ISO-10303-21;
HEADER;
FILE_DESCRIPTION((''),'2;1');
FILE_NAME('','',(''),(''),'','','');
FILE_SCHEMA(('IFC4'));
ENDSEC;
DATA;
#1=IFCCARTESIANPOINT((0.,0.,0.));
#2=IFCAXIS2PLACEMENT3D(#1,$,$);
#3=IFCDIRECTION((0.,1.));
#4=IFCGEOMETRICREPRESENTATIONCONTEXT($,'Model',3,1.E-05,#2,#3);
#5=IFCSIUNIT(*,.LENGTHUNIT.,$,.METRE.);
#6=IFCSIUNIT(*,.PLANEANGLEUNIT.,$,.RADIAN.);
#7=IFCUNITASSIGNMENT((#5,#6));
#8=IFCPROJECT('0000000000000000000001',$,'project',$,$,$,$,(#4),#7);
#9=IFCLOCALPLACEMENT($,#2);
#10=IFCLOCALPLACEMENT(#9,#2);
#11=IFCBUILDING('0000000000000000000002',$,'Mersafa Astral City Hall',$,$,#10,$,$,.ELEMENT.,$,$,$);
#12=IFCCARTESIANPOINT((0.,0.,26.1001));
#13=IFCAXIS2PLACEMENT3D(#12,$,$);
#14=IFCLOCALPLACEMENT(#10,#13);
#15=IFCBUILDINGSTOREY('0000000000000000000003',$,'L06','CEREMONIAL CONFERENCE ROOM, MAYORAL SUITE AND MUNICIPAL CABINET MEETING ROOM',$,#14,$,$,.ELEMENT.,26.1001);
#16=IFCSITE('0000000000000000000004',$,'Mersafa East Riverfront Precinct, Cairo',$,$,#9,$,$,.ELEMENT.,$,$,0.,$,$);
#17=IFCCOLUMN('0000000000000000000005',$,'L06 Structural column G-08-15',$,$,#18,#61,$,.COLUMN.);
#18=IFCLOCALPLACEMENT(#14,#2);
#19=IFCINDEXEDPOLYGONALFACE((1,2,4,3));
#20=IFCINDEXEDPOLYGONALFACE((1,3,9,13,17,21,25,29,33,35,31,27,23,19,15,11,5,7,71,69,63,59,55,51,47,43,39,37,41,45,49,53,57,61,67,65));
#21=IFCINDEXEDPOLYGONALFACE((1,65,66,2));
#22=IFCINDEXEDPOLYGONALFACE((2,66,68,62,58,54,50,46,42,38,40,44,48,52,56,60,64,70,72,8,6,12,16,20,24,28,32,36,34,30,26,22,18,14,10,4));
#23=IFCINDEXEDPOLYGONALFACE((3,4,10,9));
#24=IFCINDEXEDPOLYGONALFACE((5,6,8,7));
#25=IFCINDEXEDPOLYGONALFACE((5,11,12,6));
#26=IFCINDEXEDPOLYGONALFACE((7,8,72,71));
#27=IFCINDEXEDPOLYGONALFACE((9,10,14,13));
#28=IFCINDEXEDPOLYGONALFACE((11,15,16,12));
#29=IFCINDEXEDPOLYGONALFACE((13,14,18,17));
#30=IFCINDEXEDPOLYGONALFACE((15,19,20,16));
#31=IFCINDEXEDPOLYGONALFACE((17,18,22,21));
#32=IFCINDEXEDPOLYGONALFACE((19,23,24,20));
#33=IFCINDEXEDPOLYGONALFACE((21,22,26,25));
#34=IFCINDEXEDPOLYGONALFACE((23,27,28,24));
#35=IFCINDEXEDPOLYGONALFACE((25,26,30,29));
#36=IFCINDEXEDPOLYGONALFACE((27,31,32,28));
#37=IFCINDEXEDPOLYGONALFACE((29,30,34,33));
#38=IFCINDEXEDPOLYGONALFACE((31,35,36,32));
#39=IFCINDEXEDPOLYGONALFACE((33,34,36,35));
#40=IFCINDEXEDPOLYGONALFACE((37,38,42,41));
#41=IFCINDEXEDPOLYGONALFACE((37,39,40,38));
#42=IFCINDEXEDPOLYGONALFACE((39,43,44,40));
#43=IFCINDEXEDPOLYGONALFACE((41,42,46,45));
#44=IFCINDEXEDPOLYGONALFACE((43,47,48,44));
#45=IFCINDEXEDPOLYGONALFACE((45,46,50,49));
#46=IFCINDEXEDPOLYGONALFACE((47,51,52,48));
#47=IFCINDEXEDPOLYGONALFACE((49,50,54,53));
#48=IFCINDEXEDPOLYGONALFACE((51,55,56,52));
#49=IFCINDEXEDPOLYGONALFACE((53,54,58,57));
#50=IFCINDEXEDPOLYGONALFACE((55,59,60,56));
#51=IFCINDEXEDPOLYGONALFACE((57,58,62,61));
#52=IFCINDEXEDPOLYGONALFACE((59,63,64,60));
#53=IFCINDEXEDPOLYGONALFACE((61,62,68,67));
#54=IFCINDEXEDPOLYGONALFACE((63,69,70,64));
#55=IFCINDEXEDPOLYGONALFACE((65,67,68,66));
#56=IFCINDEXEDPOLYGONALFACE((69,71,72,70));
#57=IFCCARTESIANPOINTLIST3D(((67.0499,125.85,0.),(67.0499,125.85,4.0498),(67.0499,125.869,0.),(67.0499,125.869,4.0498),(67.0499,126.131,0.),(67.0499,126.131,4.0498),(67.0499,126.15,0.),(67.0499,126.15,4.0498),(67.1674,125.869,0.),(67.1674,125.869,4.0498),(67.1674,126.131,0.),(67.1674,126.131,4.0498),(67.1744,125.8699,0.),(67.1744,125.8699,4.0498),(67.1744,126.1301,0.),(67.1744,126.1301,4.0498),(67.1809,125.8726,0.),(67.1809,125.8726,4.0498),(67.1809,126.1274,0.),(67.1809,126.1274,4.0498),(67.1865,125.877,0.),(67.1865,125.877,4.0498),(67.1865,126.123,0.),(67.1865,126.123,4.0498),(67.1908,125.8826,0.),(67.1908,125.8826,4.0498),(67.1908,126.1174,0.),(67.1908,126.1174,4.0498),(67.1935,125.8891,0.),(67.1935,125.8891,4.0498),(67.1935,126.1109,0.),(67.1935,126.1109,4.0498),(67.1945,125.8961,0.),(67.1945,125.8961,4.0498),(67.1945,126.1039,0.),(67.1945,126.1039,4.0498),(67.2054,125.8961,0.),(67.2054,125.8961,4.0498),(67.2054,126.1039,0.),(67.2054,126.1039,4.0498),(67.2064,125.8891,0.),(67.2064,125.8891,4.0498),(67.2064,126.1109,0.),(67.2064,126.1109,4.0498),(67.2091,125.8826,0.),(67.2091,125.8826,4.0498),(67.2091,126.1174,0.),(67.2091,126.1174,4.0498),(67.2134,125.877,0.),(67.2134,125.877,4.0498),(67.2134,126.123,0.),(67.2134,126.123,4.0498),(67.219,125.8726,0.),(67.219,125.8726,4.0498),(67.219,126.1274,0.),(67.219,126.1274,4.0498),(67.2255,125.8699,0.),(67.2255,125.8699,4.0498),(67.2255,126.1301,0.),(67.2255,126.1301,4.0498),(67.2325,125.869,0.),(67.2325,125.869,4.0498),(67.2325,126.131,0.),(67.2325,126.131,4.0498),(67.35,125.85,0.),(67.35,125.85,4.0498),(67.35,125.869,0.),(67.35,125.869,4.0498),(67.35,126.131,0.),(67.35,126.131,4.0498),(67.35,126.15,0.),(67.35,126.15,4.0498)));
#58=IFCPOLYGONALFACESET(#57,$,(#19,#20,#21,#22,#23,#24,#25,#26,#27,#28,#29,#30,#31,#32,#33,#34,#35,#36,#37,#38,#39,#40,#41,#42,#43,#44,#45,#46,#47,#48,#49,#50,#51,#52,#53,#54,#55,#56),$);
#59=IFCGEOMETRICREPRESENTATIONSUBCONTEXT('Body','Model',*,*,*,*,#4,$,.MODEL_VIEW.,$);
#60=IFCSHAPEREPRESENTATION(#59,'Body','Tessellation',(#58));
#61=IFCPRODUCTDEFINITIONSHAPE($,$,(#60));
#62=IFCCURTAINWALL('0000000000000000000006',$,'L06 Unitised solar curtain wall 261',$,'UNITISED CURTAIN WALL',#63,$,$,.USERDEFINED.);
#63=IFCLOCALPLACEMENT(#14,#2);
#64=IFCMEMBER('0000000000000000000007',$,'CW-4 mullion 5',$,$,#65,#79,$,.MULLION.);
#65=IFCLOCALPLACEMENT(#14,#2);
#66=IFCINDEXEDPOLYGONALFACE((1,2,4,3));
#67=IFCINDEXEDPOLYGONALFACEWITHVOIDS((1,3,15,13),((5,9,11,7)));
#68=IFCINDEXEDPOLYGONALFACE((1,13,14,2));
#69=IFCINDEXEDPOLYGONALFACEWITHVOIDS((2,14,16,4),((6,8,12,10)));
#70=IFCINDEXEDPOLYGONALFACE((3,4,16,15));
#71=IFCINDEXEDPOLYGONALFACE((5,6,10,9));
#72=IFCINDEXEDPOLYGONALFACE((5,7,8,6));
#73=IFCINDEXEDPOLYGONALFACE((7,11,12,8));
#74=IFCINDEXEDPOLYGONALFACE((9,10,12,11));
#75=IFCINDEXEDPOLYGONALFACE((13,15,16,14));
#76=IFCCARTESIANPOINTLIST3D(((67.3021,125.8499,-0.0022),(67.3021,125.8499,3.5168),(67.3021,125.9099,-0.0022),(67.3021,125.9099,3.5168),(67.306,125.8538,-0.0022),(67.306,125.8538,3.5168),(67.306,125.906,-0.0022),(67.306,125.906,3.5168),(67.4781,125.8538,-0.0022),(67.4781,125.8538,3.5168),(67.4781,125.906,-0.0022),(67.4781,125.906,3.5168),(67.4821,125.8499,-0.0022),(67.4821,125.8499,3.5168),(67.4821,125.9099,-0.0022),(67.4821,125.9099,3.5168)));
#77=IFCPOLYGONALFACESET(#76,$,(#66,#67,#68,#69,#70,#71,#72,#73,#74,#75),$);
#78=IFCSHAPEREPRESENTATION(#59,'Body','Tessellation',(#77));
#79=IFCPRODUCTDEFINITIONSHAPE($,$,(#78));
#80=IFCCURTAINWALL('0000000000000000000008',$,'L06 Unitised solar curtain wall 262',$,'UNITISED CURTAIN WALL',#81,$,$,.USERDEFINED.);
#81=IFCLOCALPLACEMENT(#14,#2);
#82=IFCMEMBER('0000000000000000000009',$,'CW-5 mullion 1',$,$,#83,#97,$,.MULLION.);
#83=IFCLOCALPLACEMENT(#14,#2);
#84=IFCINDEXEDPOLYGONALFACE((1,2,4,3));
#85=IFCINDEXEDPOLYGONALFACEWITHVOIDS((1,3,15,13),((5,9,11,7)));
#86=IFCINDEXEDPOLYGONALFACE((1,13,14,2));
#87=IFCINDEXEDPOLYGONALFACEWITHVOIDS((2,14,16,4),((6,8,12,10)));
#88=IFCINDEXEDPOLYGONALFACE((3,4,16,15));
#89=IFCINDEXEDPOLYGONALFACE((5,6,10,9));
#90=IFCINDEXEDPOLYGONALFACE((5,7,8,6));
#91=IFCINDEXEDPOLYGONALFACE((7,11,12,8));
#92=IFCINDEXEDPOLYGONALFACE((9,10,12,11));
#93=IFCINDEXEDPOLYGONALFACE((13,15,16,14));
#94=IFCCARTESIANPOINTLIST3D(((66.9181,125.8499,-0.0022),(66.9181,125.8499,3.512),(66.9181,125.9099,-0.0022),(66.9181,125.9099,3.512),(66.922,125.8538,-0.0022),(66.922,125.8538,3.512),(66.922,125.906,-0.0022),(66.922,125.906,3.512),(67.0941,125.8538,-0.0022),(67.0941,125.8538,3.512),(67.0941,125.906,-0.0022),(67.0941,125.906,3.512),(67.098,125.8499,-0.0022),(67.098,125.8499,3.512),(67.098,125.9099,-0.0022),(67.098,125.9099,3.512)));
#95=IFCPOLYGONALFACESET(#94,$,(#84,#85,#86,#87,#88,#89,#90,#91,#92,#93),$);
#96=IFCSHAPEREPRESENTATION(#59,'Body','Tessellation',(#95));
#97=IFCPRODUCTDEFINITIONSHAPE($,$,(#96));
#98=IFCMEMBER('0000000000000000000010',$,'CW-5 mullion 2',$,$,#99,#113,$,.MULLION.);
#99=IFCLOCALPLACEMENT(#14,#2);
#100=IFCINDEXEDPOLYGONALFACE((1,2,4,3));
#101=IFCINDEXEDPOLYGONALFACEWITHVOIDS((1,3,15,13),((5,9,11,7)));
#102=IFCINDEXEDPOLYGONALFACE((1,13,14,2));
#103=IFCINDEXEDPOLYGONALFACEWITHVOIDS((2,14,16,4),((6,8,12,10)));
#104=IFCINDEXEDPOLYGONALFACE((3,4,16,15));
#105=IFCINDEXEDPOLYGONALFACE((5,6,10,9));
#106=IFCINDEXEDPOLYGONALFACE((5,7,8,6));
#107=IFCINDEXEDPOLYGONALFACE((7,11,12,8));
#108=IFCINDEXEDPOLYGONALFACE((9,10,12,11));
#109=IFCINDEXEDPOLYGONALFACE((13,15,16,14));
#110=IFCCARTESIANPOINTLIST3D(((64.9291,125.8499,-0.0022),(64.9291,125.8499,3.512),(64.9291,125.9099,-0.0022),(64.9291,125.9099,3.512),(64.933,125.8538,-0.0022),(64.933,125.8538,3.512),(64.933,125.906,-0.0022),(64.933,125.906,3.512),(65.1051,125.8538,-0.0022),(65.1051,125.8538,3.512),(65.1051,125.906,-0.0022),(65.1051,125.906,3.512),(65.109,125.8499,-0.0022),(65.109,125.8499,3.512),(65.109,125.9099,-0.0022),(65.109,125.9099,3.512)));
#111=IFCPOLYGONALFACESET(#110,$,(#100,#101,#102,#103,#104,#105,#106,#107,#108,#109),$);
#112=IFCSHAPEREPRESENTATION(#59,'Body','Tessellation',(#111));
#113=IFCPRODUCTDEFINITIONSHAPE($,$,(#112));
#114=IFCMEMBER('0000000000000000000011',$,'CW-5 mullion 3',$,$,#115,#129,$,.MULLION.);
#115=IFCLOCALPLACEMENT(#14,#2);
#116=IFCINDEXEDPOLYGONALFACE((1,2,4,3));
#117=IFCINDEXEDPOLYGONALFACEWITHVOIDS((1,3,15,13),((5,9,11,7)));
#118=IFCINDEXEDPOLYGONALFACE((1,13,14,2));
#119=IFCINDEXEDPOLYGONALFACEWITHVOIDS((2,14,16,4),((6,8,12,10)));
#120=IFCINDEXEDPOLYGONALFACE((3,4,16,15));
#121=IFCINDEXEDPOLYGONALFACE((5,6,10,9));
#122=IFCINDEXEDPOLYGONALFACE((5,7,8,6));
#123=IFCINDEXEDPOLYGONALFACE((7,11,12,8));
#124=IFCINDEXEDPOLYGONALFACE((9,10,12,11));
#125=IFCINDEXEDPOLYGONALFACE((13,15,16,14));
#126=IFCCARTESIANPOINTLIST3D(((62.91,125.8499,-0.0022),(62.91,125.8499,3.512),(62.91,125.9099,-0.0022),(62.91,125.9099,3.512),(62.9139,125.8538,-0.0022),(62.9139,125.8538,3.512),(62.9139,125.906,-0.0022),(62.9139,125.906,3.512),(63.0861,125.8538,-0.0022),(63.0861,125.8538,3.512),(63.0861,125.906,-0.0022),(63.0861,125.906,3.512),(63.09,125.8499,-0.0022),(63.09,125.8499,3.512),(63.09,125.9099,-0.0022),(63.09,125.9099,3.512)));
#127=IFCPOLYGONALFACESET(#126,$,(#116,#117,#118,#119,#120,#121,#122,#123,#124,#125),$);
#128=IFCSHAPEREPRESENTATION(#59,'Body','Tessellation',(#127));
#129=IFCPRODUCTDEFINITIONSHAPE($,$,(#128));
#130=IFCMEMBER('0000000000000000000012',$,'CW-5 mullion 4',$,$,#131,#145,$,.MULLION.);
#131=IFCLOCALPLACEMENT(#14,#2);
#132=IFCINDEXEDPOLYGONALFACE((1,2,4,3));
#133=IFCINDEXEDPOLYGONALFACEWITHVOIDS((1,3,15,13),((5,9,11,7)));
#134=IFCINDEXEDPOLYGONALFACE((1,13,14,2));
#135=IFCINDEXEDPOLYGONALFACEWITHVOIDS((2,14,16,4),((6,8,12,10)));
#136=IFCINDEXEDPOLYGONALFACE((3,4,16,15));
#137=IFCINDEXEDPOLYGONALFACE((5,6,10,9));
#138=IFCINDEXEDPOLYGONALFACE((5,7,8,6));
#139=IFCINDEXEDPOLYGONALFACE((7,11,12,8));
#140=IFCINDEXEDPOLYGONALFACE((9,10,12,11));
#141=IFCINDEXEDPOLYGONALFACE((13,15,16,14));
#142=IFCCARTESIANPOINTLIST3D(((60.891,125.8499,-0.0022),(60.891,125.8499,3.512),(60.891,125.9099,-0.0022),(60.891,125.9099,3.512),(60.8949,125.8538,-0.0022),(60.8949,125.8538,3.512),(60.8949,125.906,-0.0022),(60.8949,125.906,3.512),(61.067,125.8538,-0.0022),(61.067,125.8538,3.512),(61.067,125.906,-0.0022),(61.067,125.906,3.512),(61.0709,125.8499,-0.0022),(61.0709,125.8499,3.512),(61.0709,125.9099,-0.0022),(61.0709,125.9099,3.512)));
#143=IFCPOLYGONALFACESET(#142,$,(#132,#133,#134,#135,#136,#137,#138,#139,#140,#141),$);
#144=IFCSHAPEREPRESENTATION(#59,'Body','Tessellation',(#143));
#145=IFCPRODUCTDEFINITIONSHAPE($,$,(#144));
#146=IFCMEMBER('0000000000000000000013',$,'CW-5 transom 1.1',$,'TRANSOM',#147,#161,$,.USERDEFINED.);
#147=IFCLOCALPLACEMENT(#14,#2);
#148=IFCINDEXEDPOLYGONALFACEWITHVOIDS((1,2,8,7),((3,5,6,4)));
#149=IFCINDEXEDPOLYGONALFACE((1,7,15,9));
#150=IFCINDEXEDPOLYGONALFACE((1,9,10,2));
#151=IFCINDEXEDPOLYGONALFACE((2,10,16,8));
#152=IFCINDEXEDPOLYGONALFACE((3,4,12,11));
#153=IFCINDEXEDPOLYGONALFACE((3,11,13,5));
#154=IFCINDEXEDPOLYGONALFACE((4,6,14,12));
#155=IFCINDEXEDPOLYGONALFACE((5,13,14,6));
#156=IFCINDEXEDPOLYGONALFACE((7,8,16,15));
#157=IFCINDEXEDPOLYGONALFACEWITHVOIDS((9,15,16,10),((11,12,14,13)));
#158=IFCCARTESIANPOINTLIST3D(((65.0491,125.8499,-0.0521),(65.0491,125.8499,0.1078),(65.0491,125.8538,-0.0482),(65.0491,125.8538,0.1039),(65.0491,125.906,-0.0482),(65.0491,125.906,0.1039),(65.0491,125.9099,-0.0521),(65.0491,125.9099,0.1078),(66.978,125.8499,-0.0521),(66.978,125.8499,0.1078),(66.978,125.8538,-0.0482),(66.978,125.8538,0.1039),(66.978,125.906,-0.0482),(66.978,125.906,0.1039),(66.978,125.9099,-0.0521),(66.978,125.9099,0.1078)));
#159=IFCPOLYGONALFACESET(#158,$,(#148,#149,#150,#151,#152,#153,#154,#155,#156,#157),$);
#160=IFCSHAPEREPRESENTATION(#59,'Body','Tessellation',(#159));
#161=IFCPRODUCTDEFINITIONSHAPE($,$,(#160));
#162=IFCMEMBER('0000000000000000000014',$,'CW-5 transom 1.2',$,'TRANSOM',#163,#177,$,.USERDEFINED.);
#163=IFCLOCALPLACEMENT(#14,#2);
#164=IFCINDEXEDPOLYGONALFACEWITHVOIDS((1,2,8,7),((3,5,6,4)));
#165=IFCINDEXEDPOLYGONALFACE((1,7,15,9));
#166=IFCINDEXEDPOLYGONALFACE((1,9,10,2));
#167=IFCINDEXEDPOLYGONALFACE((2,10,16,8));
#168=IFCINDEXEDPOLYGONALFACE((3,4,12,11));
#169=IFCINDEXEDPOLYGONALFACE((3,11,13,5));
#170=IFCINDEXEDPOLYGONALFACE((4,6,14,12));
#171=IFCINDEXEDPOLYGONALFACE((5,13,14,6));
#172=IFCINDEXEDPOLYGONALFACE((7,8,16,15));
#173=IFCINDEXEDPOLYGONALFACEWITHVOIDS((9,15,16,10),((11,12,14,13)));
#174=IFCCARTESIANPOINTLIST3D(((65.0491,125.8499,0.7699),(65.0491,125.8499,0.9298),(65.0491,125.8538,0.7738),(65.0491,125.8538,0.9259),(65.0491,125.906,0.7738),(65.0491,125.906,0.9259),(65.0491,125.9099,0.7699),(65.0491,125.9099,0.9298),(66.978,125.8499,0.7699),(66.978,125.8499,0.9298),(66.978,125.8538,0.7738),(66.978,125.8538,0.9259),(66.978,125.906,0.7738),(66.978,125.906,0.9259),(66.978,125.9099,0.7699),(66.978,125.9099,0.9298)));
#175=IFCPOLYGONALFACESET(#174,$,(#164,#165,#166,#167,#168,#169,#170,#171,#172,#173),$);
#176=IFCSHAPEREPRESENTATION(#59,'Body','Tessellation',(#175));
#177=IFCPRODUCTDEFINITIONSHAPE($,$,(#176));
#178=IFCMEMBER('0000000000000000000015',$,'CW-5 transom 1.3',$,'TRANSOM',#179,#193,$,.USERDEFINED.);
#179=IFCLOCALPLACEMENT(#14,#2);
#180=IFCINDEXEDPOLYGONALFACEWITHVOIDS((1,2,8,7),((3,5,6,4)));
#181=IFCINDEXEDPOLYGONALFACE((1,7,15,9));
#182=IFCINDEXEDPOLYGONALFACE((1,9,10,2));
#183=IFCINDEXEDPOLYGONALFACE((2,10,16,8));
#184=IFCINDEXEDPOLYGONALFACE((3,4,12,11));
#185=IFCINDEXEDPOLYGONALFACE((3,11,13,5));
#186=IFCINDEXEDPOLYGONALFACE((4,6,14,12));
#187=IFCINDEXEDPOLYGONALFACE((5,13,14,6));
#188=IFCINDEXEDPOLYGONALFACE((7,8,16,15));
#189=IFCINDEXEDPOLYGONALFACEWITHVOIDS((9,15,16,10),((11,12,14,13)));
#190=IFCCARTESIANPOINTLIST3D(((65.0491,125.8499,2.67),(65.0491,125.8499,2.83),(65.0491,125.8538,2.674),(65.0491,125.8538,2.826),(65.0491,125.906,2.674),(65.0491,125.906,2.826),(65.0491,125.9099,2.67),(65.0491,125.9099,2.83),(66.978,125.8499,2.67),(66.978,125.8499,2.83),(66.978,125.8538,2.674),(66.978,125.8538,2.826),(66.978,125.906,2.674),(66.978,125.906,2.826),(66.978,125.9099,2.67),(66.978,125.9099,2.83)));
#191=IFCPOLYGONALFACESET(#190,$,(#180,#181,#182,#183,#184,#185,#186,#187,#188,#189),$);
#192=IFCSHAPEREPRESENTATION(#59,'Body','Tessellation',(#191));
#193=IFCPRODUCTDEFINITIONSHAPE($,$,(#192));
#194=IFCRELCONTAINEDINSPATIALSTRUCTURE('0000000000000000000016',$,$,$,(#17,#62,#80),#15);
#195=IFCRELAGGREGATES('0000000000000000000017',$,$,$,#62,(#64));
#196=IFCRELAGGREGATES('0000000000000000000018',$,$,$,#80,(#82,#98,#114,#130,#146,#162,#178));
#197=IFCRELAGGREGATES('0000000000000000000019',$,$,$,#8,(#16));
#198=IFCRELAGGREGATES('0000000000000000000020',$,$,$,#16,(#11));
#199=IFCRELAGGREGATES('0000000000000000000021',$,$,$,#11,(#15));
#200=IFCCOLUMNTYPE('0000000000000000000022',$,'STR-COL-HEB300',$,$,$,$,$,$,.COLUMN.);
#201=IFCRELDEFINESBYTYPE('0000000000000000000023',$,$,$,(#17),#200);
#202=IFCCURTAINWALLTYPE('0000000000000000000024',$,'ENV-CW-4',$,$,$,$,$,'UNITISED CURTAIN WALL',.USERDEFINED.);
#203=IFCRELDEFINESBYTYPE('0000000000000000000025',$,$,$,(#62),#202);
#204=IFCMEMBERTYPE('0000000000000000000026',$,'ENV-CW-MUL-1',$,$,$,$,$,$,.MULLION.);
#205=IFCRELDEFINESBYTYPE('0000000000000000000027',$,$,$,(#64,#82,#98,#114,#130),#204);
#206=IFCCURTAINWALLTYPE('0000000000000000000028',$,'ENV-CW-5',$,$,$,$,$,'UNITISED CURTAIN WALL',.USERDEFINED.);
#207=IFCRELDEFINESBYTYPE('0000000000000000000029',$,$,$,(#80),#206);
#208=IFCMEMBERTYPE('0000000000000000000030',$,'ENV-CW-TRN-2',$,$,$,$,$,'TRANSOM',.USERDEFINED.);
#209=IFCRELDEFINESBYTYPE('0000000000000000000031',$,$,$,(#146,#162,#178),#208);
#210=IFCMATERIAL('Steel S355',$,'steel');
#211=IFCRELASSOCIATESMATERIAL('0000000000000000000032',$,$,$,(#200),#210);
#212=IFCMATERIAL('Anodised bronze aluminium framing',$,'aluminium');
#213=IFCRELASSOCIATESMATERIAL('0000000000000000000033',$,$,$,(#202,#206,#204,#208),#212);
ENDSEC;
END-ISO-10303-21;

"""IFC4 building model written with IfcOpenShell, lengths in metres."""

from ifc_helpers import new_model, si_unit, direction, frame, origin, origin_2d, place, context, subcontext, project, spatial, hollow_rectangle, i_section, extrude, material, material_profile, profile_set, type_object, element, aggregate, save


model = new_model("IFC4")

# Units and contexts
model_context = context("Model", 3, precision=1e-05, world=origin(), true_north=direction((0.0, 1.0)))
body_context = subcontext(model_context, "Body", "Model", "MODEL_VIEW")
ifc_project = project(units=[si_unit("LENGTHUNIT", "METRE"), si_unit("PLANEANGLEUNIT", "RADIAN")], contexts=[model_context])

# Site, building, storey
site_placement = place(None, origin())
site = spatial("IfcSite", under=ifc_project, at=site_placement, Name="Mersafa East Riverfront Precinct, Cairo", CompositionType="ELEMENT", RefElevation=0.0)
building_placement = place(site_placement, origin())
building = spatial("IfcBuilding", under=site, at=building_placement, Name="Mersafa Astral City Hall", CompositionType="ELEMENT")
storey_placement = place(building_placement, frame((0.0, 0.0, 26.1001)))
storey = spatial("IfcBuildingStorey", under=building, at=storey_placement, Name="L06", Description="CEREMONIAL CONFERENCE ROOM, MAYORAL SUITE AND MUNICIPAL CABINET MEETING ROOM", CompositionType="ELEMENT", Elevation=26.1001)

# Column
ifc_material_1 = material(Name="Steel S355", Category="steel")
ifc_material_profile_1 = material_profile(ifc_material_1, i_section(OverallWidth=0.3, OverallDepth=0.3, WebThickness=0.011, FlangeThickness=0.019, FilletRadius=0.0271, at=origin_2d()), Name="HEB 300")
ifc_profile_set_1 = profile_set([ifc_material_profile_1], Name="Steel S355")
column_type = type_object("IfcColumnType", Name="STR-COL-HEB300", PredefinedType="COLUMN", material=ifc_profile_set_1)
column_placement = place(storey_placement, frame((67.2, 126.0, 0.0), z_axis=(0.0, 0.0, 1.0), x_axis=(1.0, 0.0, 0.0)))
element("IfcColumn", 1, at=column_placement, inside=storey, type_object=column_type, Name="L06 Structural column G-08-15", PredefinedType="COLUMN", context=body_context, shape_type="SweptSolid", body=[
    extrude(i_section(OverallWidth=0.3, OverallDepth=0.3, WebThickness=0.011, FlangeThickness=0.019, FilletRadius=0.0271, at=origin_2d()), origin(), (0.0, 0.0, 1.0), 4.0498),
])

# Curtain wall, member
ifc_material_2 = material(Name="Anodised bronze aluminium framing", Category="aluminium")
curtain_wall_type_1 = type_object("IfcCurtainWallType", Name="ENV-CW-4", ElementType="UNITISED CURTAIN WALL", PredefinedType="USERDEFINED", material=ifc_material_2)
curtain_wall_1_placement = place(storey_placement, origin())
curtain_wall_1 = element("IfcCurtainWall", 2, at=curtain_wall_1_placement, inside=storey, type_object=curtain_wall_type_1, Name="L06 Unitised solar curtain wall 261", ObjectType="UNITISED CURTAIN WALL", PredefinedType="USERDEFINED")
ifc_material_profile_2 = material_profile(ifc_material_2, hollow_rectangle(XDim=0.0601, YDim=0.1799, WallThickness=0.0039, at=origin_2d()), Name="RHS 60x180x4")
ifc_profile_set_2 = profile_set([ifc_material_profile_2], Name="Anodised bronze aluminium framing")
member_type_1 = type_object("IfcMemberType", Name="ENV-CW-MUL-1", PredefinedType="MULLION", material=ifc_profile_set_2)
member_1_placement = place(storey_placement, frame((67.3921, 125.8799, -0.0022), z_axis=(0.0, 0.0, 1.0), x_axis=(0.0, -1.0, 0.0)))
member_1 = element("IfcMember", 3, at=member_1_placement, type_object=member_type_1, Name="CW-4 mullion 5", PredefinedType="MULLION", context=body_context, shape_type="SweptSolid", body=[
    extrude(hollow_rectangle(XDim=0.0601, YDim=0.1799, WallThickness=0.0039, at=origin_2d()), origin(), (0.0, 0.0, 1.0), 3.519),
])

# Curtain wall, members
curtain_wall_type_2 = type_object("IfcCurtainWallType", Name="ENV-CW-5", ElementType="UNITISED CURTAIN WALL", PredefinedType="USERDEFINED", material=ifc_material_2)
curtain_wall_2_placement = place(storey_placement, origin())
curtain_wall_2 = element("IfcCurtainWall", 4, at=curtain_wall_2_placement, inside=storey, type_object=curtain_wall_type_2, Name="L06 Unitised solar curtain wall 262", ObjectType="UNITISED CURTAIN WALL", PredefinedType="USERDEFINED")
member_2_placement = place(storey_placement, frame((67.0081, 125.8799, -0.0022), z_axis=(0.0, 0.0, 1.0), x_axis=(0.0, -1.0, 0.0)))
member_2 = element("IfcMember", 5, at=member_2_placement, type_object=member_type_1, Name="CW-5 mullion 1", PredefinedType="MULLION", context=body_context, shape_type="SweptSolid", body=[
    extrude(hollow_rectangle(XDim=0.0601, YDim=0.1799, WallThickness=0.0039, at=origin_2d()), origin(), (0.0, 0.0, 1.0), 3.5142),
])
member_3_placement = place(storey_placement, frame((65.019, 125.8799, -0.0022), z_axis=(0.0, 0.0, 1.0), x_axis=(0.0, -1.0, 0.0)))
member_3 = element("IfcMember", 6, at=member_3_placement, type_object=member_type_1, Name="CW-5 mullion 2", PredefinedType="MULLION", context=body_context, shape_type="SweptSolid", body=[
    extrude(hollow_rectangle(XDim=0.0601, YDim=0.1799, WallThickness=0.0039, at=origin_2d()), origin(), (0.0, 0.0, 1.0), 3.5142),
])
member_4_placement = place(storey_placement, frame((63.0, 125.8799, -0.0022), z_axis=(0.0, 0.0, 1.0), x_axis=(0.0, -1.0, 0.0)))
member_4 = element("IfcMember", 7, at=member_4_placement, type_object=member_type_1, Name="CW-5 mullion 3", PredefinedType="MULLION", context=body_context, shape_type="SweptSolid", body=[
    extrude(hollow_rectangle(XDim=0.0601, YDim=0.1799, WallThickness=0.0039, at=origin_2d()), origin(), (0.0, 0.0, 1.0), 3.5142),
])
member_5_placement = place(storey_placement, frame((60.981, 125.8799, -0.0022), z_axis=(0.0, 0.0, 1.0), x_axis=(0.0, -1.0, 0.0)))
member_5 = element("IfcMember", 8, at=member_5_placement, type_object=member_type_1, Name="CW-5 mullion 4", PredefinedType="MULLION", context=body_context, shape_type="SweptSolid", body=[
    extrude(hollow_rectangle(XDim=0.0601, YDim=0.1799, WallThickness=0.0039, at=origin_2d()), origin(), (0.0, 0.0, 1.0), 3.5142),
])
ifc_material_profile_3 = material_profile(ifc_material_2, hollow_rectangle(XDim=0.0601, YDim=0.1599, WallThickness=0.0039, at=origin_2d()), Name="RHS 60x160x4")
ifc_profile_set_3 = profile_set([ifc_material_profile_3], Name="Anodised bronze aluminium framing")
member_type_2 = type_object("IfcMemberType", Name="ENV-CW-TRN-2", ElementType="TRANSOM", PredefinedType="USERDEFINED", material=ifc_profile_set_3)
member_6_placement = place(storey_placement, frame((66.978, 125.8799, 0.0278), z_axis=(-1.0, 0.0, 0.0), x_axis=(0.0, -1.0, 0.0)))
member_6 = element("IfcMember", 9, at=member_6_placement, type_object=member_type_2, Name="CW-5 transom 1.1", ObjectType="TRANSOM", PredefinedType="USERDEFINED", context=body_context, shape_type="SweptSolid", body=[
    extrude(hollow_rectangle(XDim=0.0601, YDim=0.1599, WallThickness=0.0039, at=origin_2d()), origin(), (0.0, 0.0, 1.0), 1.929),
])
member_7_placement = place(storey_placement, frame((66.978, 125.8799, 0.8499), z_axis=(-1.0, 0.0, 0.0), x_axis=(0.0, -1.0, 0.0)))
member_7 = element("IfcMember", 10, at=member_7_placement, type_object=member_type_2, Name="CW-5 transom 1.2", ObjectType="TRANSOM", PredefinedType="USERDEFINED", context=body_context, shape_type="SweptSolid", body=[
    extrude(hollow_rectangle(XDim=0.0601, YDim=0.1599, WallThickness=0.0039, at=origin_2d()), origin(), (0.0, 0.0, 1.0), 1.929),
])
member_8_placement = place(storey_placement, frame((66.978, 125.8799, 2.75), z_axis=(-1.0, 0.0, 0.0), x_axis=(0.0, -1.0, 0.0)))
member_8 = element("IfcMember", 11, at=member_8_placement, type_object=member_type_2, Name="CW-5 transom 1.3", ObjectType="TRANSOM", PredefinedType="USERDEFINED", context=body_context, shape_type="SweptSolid", body=[
    extrude(hollow_rectangle(XDim=0.0601, YDim=0.1599, WallThickness=0.0039, at=origin_2d()), origin(), (0.0, 0.0, 1.0), 1.929),
])

aggregate(curtain_wall_1, [member_1])
aggregate(curtain_wall_2, [member_2, member_3, member_4, member_5, member_6, member_7, member_8])

save(model, "model.ifc")
